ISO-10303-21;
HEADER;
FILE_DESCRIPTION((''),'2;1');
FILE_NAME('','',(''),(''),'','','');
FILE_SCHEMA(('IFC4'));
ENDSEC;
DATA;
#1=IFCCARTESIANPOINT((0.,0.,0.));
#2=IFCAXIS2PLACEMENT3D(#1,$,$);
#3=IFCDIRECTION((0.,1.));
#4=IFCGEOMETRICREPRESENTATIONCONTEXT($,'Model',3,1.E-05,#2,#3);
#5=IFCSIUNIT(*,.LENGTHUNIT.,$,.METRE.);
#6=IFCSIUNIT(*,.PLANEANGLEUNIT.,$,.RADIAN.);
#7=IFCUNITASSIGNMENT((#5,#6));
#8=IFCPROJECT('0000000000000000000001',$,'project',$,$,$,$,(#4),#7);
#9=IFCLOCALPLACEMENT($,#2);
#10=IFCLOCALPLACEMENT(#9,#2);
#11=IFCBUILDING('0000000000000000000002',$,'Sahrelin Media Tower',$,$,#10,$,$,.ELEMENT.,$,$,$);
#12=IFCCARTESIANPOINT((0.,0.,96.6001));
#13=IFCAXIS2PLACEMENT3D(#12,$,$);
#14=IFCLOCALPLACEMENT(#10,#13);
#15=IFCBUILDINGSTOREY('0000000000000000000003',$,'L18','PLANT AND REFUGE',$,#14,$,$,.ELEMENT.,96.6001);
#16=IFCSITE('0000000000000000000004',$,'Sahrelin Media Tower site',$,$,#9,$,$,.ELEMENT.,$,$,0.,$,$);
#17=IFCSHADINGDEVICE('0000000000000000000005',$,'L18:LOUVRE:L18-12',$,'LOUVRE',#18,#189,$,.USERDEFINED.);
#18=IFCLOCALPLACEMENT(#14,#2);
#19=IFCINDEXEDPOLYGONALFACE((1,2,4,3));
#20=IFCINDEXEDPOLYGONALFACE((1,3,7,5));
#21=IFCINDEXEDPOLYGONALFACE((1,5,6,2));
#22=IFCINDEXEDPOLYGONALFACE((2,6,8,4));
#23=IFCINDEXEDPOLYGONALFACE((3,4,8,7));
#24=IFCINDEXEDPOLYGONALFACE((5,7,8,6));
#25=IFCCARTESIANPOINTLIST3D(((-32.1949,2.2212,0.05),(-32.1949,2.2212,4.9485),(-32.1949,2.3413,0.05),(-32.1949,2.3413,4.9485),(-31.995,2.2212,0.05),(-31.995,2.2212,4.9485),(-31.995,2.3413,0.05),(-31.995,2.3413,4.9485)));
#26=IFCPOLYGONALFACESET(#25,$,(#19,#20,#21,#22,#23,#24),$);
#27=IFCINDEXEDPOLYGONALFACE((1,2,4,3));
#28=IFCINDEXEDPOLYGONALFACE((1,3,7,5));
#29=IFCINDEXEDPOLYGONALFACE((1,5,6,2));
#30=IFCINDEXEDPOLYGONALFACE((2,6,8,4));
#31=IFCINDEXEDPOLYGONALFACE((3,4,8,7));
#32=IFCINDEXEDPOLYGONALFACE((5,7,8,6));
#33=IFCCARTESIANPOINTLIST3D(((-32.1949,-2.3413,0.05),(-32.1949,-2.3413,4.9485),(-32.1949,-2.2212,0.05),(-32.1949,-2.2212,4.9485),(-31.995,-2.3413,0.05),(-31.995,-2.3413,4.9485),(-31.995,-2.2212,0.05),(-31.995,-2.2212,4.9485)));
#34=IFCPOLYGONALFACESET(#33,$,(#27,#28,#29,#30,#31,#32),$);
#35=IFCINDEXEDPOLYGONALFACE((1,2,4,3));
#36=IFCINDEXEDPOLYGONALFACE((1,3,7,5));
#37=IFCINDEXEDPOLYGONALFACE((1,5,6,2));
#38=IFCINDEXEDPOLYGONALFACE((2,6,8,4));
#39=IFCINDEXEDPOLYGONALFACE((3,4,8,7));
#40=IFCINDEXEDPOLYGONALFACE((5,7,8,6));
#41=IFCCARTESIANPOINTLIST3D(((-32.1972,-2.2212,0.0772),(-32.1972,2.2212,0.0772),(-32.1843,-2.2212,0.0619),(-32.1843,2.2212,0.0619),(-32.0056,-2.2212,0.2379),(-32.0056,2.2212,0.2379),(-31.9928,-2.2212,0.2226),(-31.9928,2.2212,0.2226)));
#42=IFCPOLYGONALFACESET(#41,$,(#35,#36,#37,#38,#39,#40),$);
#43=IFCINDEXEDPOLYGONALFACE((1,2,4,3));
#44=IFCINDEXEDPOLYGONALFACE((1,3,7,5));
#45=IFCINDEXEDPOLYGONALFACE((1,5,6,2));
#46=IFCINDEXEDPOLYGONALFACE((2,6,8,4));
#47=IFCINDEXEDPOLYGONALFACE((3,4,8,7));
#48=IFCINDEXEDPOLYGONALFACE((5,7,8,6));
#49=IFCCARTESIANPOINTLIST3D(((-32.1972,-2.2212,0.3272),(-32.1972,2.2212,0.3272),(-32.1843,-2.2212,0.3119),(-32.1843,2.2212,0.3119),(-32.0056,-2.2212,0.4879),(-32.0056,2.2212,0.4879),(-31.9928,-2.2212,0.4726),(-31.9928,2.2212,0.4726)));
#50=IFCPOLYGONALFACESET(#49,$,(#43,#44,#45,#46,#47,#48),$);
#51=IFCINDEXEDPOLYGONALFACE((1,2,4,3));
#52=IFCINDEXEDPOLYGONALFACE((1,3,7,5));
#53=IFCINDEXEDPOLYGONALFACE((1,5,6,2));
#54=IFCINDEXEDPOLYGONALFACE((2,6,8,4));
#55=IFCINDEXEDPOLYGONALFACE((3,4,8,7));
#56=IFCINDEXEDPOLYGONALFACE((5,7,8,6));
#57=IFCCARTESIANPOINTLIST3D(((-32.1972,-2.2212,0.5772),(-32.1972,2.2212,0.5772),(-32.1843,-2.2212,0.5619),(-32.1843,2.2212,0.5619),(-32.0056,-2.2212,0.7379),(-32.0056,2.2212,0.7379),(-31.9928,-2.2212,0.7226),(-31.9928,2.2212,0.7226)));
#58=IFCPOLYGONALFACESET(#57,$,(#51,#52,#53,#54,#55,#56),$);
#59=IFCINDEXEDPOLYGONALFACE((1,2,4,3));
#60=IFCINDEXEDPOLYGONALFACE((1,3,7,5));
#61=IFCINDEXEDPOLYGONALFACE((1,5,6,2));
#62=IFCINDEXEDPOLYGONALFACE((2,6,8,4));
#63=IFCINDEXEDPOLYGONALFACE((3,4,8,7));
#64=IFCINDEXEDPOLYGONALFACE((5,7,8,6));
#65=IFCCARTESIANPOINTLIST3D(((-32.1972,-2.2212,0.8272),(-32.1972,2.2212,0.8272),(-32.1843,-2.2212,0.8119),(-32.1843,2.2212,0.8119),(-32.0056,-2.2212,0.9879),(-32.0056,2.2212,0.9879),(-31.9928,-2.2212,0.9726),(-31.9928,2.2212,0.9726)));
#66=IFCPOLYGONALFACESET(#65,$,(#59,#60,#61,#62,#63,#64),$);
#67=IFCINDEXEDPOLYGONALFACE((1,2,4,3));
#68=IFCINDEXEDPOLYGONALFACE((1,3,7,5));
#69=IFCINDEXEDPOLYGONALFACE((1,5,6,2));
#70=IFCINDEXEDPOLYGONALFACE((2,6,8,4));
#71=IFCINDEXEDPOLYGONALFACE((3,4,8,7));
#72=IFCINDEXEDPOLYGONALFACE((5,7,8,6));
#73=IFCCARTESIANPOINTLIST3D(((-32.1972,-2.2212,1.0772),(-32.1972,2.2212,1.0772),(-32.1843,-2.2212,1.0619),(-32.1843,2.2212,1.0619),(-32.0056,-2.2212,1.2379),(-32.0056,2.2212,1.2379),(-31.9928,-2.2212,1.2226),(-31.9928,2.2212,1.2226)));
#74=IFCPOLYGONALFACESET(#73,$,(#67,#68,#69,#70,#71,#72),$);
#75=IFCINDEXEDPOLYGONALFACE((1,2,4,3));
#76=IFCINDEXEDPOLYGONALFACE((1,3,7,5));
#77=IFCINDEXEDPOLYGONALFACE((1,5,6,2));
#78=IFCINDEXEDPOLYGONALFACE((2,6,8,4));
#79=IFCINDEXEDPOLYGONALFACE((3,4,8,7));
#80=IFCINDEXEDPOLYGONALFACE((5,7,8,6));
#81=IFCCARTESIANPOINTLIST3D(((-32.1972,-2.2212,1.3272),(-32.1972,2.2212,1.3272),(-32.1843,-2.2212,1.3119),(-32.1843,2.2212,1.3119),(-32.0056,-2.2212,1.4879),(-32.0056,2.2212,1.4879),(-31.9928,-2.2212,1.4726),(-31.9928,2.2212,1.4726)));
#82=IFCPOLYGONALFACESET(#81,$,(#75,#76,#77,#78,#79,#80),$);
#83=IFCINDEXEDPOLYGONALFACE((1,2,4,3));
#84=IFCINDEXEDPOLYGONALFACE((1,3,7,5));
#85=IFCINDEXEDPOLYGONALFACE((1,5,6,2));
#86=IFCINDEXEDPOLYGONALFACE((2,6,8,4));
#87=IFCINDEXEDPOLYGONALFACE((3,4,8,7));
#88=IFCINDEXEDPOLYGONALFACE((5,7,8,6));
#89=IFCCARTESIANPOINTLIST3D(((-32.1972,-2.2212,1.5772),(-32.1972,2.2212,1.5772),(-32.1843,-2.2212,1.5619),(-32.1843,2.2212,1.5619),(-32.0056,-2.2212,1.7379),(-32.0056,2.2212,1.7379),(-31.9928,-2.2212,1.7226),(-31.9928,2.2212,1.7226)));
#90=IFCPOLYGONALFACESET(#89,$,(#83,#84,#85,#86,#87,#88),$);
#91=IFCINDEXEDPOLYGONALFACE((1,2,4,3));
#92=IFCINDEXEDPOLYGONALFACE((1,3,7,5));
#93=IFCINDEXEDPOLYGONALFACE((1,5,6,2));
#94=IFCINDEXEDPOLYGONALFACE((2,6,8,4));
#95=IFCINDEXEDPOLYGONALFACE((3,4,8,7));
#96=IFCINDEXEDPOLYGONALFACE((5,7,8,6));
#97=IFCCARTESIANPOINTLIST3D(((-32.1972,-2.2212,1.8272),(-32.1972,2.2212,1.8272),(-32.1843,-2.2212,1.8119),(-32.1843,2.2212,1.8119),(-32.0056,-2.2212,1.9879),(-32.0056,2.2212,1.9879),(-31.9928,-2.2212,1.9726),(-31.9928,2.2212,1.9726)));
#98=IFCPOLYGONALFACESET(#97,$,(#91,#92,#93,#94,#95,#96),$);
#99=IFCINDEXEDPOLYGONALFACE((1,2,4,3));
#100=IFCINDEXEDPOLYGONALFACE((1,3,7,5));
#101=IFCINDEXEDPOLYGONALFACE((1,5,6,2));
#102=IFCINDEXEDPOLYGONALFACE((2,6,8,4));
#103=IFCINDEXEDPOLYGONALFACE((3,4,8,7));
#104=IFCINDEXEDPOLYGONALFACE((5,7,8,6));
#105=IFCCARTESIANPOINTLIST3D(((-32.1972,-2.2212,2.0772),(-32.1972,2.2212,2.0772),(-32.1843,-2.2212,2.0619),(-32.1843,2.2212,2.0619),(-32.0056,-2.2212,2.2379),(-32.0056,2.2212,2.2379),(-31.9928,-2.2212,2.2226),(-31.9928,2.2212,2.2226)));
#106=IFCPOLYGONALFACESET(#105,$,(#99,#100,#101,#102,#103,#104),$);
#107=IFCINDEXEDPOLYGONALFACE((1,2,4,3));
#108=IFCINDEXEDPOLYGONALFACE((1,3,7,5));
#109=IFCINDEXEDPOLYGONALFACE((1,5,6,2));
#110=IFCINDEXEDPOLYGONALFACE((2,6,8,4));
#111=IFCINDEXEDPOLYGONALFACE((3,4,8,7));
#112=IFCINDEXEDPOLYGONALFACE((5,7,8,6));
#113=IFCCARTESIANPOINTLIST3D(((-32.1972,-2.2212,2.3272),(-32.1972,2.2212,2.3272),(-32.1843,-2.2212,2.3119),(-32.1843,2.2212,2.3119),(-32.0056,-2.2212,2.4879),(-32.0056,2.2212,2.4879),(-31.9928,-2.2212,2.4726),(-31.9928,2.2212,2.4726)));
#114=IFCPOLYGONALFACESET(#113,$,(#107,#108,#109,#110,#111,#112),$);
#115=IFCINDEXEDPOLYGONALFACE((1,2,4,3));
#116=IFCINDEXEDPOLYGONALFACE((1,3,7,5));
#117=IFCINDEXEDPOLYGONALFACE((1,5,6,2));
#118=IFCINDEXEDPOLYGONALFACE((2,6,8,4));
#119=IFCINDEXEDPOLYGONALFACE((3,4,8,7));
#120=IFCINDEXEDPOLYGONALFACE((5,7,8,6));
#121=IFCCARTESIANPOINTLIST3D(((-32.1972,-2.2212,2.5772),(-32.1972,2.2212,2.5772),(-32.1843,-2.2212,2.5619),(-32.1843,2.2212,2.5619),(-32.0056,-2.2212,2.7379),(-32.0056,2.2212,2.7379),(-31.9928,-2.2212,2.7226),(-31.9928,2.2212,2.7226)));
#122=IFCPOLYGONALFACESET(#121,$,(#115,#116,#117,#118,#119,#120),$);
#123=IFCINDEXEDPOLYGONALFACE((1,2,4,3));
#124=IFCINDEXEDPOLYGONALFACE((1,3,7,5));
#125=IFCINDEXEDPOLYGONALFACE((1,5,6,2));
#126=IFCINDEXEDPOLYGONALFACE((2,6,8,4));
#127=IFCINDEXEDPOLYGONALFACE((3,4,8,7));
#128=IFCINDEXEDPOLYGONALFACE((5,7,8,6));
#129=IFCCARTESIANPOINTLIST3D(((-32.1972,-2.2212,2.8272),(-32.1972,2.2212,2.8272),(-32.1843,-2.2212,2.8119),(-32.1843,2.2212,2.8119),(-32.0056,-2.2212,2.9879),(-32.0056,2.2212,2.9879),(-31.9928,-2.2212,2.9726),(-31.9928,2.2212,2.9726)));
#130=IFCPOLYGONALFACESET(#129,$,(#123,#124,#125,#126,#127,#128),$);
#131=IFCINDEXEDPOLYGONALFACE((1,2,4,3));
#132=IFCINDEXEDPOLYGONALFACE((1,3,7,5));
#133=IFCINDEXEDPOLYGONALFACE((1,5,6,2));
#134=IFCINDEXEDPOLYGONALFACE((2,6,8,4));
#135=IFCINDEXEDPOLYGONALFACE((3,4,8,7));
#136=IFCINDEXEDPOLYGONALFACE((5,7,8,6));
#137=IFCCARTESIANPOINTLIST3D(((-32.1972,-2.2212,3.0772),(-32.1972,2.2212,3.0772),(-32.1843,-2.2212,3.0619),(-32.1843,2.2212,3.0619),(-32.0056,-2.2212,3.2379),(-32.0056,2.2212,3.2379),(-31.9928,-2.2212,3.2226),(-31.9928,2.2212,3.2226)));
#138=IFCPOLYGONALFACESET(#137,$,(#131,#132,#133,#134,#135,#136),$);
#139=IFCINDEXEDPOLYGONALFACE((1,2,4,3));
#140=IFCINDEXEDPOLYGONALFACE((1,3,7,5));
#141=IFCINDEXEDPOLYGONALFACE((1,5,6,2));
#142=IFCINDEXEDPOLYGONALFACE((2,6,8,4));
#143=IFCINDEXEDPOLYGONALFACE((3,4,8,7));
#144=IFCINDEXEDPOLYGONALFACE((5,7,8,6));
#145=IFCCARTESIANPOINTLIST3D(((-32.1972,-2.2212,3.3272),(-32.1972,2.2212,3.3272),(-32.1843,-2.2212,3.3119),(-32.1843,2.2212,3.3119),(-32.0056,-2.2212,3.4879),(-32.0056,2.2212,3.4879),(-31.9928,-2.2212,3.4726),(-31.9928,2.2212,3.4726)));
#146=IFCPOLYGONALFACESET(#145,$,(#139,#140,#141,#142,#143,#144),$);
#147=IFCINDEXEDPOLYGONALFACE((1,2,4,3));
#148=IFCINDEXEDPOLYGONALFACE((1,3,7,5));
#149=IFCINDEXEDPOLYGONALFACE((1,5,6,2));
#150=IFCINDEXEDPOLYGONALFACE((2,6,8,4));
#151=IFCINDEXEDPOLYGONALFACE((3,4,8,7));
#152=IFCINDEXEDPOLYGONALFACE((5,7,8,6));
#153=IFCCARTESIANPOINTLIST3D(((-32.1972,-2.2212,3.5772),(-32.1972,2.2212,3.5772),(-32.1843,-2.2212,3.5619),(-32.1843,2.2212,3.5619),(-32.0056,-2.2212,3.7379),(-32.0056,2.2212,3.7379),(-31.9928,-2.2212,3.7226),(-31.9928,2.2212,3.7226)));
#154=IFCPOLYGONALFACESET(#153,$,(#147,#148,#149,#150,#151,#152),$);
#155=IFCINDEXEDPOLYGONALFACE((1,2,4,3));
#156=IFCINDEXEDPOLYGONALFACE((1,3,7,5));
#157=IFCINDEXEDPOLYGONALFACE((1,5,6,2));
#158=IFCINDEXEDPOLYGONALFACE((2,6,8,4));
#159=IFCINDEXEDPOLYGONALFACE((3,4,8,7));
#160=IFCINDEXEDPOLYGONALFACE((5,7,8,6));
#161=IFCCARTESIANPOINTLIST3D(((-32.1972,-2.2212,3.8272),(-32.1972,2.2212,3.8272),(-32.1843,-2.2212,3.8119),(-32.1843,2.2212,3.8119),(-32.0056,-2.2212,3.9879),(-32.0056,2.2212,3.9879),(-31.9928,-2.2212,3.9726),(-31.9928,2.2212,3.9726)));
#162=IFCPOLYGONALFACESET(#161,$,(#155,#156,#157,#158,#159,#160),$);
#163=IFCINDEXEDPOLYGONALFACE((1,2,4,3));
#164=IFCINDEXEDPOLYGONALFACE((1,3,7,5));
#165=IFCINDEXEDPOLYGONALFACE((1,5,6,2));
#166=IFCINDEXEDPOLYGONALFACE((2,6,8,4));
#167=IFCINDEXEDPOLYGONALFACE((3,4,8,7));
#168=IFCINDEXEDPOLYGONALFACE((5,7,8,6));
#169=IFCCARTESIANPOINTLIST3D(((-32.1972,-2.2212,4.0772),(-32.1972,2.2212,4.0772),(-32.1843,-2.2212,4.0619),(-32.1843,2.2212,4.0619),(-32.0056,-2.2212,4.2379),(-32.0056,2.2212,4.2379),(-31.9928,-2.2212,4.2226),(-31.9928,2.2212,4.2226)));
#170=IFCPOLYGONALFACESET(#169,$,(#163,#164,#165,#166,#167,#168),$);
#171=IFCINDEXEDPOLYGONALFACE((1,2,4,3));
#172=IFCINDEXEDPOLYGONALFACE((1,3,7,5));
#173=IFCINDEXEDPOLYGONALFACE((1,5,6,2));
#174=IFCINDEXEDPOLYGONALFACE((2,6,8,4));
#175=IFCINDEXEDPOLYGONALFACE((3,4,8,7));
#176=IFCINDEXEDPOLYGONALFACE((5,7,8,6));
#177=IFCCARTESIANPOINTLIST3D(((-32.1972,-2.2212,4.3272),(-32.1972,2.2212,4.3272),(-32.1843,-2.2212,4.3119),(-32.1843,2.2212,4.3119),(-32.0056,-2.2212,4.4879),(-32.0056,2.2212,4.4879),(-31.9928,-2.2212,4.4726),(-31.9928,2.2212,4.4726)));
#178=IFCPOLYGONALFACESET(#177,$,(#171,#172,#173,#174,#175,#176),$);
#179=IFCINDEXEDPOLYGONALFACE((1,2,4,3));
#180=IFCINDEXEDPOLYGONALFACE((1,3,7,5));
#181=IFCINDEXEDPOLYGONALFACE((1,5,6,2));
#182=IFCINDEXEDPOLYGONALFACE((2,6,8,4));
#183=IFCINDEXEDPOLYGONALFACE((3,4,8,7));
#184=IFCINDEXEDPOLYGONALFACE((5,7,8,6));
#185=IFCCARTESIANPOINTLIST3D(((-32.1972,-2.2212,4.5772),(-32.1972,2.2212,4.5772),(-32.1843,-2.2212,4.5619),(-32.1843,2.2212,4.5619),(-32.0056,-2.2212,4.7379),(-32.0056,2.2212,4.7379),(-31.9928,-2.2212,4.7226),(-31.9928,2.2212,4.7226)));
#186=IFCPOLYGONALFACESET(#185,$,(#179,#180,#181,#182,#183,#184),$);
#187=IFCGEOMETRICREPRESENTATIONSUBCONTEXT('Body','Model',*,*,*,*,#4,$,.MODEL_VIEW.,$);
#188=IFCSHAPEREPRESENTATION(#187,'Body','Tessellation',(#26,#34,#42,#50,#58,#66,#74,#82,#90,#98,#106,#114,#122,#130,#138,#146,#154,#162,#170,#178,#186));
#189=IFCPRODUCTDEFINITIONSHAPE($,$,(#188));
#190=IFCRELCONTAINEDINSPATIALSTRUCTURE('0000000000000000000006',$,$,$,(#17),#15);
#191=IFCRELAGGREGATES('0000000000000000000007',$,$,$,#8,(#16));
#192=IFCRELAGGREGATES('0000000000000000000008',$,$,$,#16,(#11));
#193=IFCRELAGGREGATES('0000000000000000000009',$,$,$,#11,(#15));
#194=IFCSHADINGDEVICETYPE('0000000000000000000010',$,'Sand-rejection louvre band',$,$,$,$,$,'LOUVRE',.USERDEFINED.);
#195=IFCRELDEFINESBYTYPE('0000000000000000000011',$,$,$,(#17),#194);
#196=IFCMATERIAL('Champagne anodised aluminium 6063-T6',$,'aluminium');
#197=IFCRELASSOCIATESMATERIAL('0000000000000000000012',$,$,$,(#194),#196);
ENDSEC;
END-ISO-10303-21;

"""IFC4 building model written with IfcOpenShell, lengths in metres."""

from ifc_helpers import new_model, si_unit, direction, frame, origin, origin_2d, place, context, subcontext, project, spatial, rectangle, extrude, material, type_object, element, save


model = new_model("IFC4")

# Units and contexts
model_context = context("Model", 3, precision=1e-05, world=origin(), true_north=direction((0.0, 1.0)))
body_context = subcontext(model_context, "Body", "Model", "MODEL_VIEW")
ifc_project = project(units=[si_unit("LENGTHUNIT", "METRE"), si_unit("PLANEANGLEUNIT", "RADIAN")], contexts=[model_context])

# Site, building, storey
site_placement = place(None, origin())
site = spatial("IfcSite", under=ifc_project, at=site_placement, Name="Sahrelin Media Tower site", CompositionType="ELEMENT", RefElevation=0.0)
building_placement = place(site_placement, origin())
building = spatial("IfcBuilding", under=site, at=building_placement, Name="Sahrelin Media Tower", CompositionType="ELEMENT")
storey_placement = place(building_placement, frame((0.0, 0.0, 96.6001)))
storey = spatial("IfcBuildingStorey", under=building, at=storey_placement, Name="L18", Description="PLANT AND REFUGE", CompositionType="ELEMENT", Elevation=96.6001)

# Shading device
ifc_material_1 = material(Name="Champagne anodised aluminium 6063-T6", Category="aluminium")
shading_device_type = type_object("IfcShadingDeviceType", Name="Sand-rejection louvre band", ElementType="LOUVRE", PredefinedType="USERDEFINED", material=ifc_material_1)
shading_device_1_placement = place(storey_placement, frame((-31.9949, 0.0, 0.0), z_axis=(0.0, 0.0, 1.0), x_axis=(0.0, 1.0, 0.0)))
element("IfcShadingDevice", 1, at=shading_device_1_placement, inside=storey, type_object=shading_device_type, Name="L18:LOUVRE:L18-12", ObjectType="LOUVRE", PredefinedType="USERDEFINED", context=body_context, shape_type="SweptSolid", body=[
    extrude(rectangle(XDim=0.1201, YDim=0.2, at=origin_2d()), frame((2.2812, 0.1001, 0.05), z_axis=(0.0, 0.0, 1.0), x_axis=(1.0, 0.0, 0.0)), (0.0, 0.0, 1.0), 4.8984),
    extrude(rectangle(XDim=0.1201, YDim=0.2, at=origin_2d()), frame((-2.2812, 0.1001, 0.05), z_axis=(0.0, 0.0, 1.0), x_axis=(1.0, 0.0, 0.0)), (0.0, 0.0, 1.0), 4.8984),
    extrude(rectangle(XDim=0.25, YDim=0.02, at=origin_2d()), frame((2.2212, 0.1001, 0.1499), z_axis=(-1.0, 0.0, 0.0), x_axis=(0.0, -0.766044, 0.642788)), (0.0, 0.0, 1.0), 4.4424),
    extrude(rectangle(XDim=0.25, YDim=0.02, at=origin_2d()), frame((2.2212, 0.1001, 0.3999), z_axis=(-1.0, 0.0, 0.0), x_axis=(0.0, -0.766044, 0.642788)), (0.0, 0.0, 1.0), 4.4424),
    extrude(rectangle(XDim=0.25, YDim=0.02, at=origin_2d()), frame((2.2212, 0.1001, 0.6499), z_axis=(-1.0, 0.0, 0.0), x_axis=(0.0, -0.766044, 0.642788)), (0.0, 0.0, 1.0), 4.4424),
    extrude(rectangle(XDim=0.25, YDim=0.02, at=origin_2d()), frame((2.2212, 0.1001, 0.8999), z_axis=(-1.0, 0.0, 0.0), x_axis=(0.0, -0.766044, 0.642788)), (0.0, 0.0, 1.0), 4.4424),
    extrude(rectangle(XDim=0.25, YDim=0.02, at=origin_2d()), frame((2.2212, 0.1001, 1.1499), z_axis=(-1.0, 0.0, 0.0), x_axis=(0.0, -0.766044, 0.642788)), (0.0, 0.0, 1.0), 4.4424),
    extrude(rectangle(XDim=0.25, YDim=0.02, at=origin_2d()), frame((2.2212, 0.1001, 1.3999), z_axis=(-1.0, 0.0, 0.0), x_axis=(0.0, -0.766044, 0.642788)), (0.0, 0.0, 1.0), 4.4424),
    extrude(rectangle(XDim=0.25, YDim=0.02, at=origin_2d()), frame((2.2212, 0.1001, 1.6499), z_axis=(-1.0, 0.0, 0.0), x_axis=(0.0, -0.766044, 0.642788)), (0.0, 0.0, 1.0), 4.4424),
    extrude(rectangle(XDim=0.25, YDim=0.02, at=origin_2d()), frame((2.2212, 0.1001, 1.8999), z_axis=(-1.0, 0.0, 0.0), x_axis=(0.0, -0.766044, 0.642788)), (0.0, 0.0, 1.0), 4.4424),
    extrude(rectangle(XDim=0.25, YDim=0.02, at=origin_2d()), frame((2.2212, 0.1001, 2.1499), z_axis=(-1.0, 0.0, 0.0), x_axis=(0.0, -0.766044, 0.642788)), (0.0, 0.0, 1.0), 4.4424),
    extrude(rectangle(XDim=0.25, YDim=0.02, at=origin_2d()), frame((2.2212, 0.1001, 2.3999), z_axis=(-1.0, 0.0, 0.0), x_axis=(0.0, -0.766044, 0.642788)), (0.0, 0.0, 1.0), 4.4424),
    extrude(rectangle(XDim=0.25, YDim=0.02, at=origin_2d()), frame((2.2212, 0.1001, 2.6499), z_axis=(-1.0, 0.0, 0.0), x_axis=(0.0, -0.766044, 0.642788)), (0.0, 0.0, 1.0), 4.4424),
    extrude(rectangle(XDim=0.25, YDim=0.02, at=origin_2d()), frame((2.2212, 0.1001, 2.8999), z_axis=(-1.0, 0.0, 0.0), x_axis=(0.0, -0.766044, 0.642788)), (0.0, 0.0, 1.0), 4.4424),
    extrude(rectangle(XDim=0.25, YDim=0.02, at=origin_2d()), frame((2.2212, 0.1001, 3.1499), z_axis=(-1.0, 0.0, 0.0), x_axis=(0.0, -0.766044, 0.642788)), (0.0, 0.0, 1.0), 4.4424),
    extrude(rectangle(XDim=0.25, YDim=0.02, at=origin_2d()), frame((2.2212, 0.1001, 3.3999), z_axis=(-1.0, 0.0, 0.0), x_axis=(0.0, -0.766044, 0.642788)), (0.0, 0.0, 1.0), 4.4424),
    extrude(rectangle(XDim=0.25, YDim=0.02, at=origin_2d()), frame((2.2212, 0.1001, 3.6499), z_axis=(-1.0, 0.0, 0.0), x_axis=(0.0, -0.766044, 0.642788)), (0.0, 0.0, 1.0), 4.4424),
    extrude(rectangle(XDim=0.25, YDim=0.02, at=origin_2d()), frame((2.2212, 0.1001, 3.8999), z_axis=(-1.0, 0.0, 0.0), x_axis=(0.0, -0.766044, 0.642788)), (0.0, 0.0, 1.0), 4.4424),
    extrude(rectangle(XDim=0.25, YDim=0.02, at=origin_2d()), frame((2.2212, 0.1001, 4.1499), z_axis=(-1.0, 0.0, 0.0), x_axis=(0.0, -0.766044, 0.642788)), (0.0, 0.0, 1.0), 4.4424),
    extrude(rectangle(XDim=0.25, YDim=0.02, at=origin_2d()), frame((2.2212, 0.1001, 4.3999), z_axis=(-1.0, 0.0, 0.0), x_axis=(0.0, -0.766044, 0.642788)), (0.0, 0.0, 1.0), 4.4424),
    extrude(rectangle(XDim=0.25, YDim=0.02, at=origin_2d()), frame((2.2212, 0.1001, 4.6499), z_axis=(-1.0, 0.0, 0.0), x_axis=(0.0, -0.766044, 0.642788)), (0.0, 0.0, 1.0), 4.4424),
])

save(model, "model.ifc")
